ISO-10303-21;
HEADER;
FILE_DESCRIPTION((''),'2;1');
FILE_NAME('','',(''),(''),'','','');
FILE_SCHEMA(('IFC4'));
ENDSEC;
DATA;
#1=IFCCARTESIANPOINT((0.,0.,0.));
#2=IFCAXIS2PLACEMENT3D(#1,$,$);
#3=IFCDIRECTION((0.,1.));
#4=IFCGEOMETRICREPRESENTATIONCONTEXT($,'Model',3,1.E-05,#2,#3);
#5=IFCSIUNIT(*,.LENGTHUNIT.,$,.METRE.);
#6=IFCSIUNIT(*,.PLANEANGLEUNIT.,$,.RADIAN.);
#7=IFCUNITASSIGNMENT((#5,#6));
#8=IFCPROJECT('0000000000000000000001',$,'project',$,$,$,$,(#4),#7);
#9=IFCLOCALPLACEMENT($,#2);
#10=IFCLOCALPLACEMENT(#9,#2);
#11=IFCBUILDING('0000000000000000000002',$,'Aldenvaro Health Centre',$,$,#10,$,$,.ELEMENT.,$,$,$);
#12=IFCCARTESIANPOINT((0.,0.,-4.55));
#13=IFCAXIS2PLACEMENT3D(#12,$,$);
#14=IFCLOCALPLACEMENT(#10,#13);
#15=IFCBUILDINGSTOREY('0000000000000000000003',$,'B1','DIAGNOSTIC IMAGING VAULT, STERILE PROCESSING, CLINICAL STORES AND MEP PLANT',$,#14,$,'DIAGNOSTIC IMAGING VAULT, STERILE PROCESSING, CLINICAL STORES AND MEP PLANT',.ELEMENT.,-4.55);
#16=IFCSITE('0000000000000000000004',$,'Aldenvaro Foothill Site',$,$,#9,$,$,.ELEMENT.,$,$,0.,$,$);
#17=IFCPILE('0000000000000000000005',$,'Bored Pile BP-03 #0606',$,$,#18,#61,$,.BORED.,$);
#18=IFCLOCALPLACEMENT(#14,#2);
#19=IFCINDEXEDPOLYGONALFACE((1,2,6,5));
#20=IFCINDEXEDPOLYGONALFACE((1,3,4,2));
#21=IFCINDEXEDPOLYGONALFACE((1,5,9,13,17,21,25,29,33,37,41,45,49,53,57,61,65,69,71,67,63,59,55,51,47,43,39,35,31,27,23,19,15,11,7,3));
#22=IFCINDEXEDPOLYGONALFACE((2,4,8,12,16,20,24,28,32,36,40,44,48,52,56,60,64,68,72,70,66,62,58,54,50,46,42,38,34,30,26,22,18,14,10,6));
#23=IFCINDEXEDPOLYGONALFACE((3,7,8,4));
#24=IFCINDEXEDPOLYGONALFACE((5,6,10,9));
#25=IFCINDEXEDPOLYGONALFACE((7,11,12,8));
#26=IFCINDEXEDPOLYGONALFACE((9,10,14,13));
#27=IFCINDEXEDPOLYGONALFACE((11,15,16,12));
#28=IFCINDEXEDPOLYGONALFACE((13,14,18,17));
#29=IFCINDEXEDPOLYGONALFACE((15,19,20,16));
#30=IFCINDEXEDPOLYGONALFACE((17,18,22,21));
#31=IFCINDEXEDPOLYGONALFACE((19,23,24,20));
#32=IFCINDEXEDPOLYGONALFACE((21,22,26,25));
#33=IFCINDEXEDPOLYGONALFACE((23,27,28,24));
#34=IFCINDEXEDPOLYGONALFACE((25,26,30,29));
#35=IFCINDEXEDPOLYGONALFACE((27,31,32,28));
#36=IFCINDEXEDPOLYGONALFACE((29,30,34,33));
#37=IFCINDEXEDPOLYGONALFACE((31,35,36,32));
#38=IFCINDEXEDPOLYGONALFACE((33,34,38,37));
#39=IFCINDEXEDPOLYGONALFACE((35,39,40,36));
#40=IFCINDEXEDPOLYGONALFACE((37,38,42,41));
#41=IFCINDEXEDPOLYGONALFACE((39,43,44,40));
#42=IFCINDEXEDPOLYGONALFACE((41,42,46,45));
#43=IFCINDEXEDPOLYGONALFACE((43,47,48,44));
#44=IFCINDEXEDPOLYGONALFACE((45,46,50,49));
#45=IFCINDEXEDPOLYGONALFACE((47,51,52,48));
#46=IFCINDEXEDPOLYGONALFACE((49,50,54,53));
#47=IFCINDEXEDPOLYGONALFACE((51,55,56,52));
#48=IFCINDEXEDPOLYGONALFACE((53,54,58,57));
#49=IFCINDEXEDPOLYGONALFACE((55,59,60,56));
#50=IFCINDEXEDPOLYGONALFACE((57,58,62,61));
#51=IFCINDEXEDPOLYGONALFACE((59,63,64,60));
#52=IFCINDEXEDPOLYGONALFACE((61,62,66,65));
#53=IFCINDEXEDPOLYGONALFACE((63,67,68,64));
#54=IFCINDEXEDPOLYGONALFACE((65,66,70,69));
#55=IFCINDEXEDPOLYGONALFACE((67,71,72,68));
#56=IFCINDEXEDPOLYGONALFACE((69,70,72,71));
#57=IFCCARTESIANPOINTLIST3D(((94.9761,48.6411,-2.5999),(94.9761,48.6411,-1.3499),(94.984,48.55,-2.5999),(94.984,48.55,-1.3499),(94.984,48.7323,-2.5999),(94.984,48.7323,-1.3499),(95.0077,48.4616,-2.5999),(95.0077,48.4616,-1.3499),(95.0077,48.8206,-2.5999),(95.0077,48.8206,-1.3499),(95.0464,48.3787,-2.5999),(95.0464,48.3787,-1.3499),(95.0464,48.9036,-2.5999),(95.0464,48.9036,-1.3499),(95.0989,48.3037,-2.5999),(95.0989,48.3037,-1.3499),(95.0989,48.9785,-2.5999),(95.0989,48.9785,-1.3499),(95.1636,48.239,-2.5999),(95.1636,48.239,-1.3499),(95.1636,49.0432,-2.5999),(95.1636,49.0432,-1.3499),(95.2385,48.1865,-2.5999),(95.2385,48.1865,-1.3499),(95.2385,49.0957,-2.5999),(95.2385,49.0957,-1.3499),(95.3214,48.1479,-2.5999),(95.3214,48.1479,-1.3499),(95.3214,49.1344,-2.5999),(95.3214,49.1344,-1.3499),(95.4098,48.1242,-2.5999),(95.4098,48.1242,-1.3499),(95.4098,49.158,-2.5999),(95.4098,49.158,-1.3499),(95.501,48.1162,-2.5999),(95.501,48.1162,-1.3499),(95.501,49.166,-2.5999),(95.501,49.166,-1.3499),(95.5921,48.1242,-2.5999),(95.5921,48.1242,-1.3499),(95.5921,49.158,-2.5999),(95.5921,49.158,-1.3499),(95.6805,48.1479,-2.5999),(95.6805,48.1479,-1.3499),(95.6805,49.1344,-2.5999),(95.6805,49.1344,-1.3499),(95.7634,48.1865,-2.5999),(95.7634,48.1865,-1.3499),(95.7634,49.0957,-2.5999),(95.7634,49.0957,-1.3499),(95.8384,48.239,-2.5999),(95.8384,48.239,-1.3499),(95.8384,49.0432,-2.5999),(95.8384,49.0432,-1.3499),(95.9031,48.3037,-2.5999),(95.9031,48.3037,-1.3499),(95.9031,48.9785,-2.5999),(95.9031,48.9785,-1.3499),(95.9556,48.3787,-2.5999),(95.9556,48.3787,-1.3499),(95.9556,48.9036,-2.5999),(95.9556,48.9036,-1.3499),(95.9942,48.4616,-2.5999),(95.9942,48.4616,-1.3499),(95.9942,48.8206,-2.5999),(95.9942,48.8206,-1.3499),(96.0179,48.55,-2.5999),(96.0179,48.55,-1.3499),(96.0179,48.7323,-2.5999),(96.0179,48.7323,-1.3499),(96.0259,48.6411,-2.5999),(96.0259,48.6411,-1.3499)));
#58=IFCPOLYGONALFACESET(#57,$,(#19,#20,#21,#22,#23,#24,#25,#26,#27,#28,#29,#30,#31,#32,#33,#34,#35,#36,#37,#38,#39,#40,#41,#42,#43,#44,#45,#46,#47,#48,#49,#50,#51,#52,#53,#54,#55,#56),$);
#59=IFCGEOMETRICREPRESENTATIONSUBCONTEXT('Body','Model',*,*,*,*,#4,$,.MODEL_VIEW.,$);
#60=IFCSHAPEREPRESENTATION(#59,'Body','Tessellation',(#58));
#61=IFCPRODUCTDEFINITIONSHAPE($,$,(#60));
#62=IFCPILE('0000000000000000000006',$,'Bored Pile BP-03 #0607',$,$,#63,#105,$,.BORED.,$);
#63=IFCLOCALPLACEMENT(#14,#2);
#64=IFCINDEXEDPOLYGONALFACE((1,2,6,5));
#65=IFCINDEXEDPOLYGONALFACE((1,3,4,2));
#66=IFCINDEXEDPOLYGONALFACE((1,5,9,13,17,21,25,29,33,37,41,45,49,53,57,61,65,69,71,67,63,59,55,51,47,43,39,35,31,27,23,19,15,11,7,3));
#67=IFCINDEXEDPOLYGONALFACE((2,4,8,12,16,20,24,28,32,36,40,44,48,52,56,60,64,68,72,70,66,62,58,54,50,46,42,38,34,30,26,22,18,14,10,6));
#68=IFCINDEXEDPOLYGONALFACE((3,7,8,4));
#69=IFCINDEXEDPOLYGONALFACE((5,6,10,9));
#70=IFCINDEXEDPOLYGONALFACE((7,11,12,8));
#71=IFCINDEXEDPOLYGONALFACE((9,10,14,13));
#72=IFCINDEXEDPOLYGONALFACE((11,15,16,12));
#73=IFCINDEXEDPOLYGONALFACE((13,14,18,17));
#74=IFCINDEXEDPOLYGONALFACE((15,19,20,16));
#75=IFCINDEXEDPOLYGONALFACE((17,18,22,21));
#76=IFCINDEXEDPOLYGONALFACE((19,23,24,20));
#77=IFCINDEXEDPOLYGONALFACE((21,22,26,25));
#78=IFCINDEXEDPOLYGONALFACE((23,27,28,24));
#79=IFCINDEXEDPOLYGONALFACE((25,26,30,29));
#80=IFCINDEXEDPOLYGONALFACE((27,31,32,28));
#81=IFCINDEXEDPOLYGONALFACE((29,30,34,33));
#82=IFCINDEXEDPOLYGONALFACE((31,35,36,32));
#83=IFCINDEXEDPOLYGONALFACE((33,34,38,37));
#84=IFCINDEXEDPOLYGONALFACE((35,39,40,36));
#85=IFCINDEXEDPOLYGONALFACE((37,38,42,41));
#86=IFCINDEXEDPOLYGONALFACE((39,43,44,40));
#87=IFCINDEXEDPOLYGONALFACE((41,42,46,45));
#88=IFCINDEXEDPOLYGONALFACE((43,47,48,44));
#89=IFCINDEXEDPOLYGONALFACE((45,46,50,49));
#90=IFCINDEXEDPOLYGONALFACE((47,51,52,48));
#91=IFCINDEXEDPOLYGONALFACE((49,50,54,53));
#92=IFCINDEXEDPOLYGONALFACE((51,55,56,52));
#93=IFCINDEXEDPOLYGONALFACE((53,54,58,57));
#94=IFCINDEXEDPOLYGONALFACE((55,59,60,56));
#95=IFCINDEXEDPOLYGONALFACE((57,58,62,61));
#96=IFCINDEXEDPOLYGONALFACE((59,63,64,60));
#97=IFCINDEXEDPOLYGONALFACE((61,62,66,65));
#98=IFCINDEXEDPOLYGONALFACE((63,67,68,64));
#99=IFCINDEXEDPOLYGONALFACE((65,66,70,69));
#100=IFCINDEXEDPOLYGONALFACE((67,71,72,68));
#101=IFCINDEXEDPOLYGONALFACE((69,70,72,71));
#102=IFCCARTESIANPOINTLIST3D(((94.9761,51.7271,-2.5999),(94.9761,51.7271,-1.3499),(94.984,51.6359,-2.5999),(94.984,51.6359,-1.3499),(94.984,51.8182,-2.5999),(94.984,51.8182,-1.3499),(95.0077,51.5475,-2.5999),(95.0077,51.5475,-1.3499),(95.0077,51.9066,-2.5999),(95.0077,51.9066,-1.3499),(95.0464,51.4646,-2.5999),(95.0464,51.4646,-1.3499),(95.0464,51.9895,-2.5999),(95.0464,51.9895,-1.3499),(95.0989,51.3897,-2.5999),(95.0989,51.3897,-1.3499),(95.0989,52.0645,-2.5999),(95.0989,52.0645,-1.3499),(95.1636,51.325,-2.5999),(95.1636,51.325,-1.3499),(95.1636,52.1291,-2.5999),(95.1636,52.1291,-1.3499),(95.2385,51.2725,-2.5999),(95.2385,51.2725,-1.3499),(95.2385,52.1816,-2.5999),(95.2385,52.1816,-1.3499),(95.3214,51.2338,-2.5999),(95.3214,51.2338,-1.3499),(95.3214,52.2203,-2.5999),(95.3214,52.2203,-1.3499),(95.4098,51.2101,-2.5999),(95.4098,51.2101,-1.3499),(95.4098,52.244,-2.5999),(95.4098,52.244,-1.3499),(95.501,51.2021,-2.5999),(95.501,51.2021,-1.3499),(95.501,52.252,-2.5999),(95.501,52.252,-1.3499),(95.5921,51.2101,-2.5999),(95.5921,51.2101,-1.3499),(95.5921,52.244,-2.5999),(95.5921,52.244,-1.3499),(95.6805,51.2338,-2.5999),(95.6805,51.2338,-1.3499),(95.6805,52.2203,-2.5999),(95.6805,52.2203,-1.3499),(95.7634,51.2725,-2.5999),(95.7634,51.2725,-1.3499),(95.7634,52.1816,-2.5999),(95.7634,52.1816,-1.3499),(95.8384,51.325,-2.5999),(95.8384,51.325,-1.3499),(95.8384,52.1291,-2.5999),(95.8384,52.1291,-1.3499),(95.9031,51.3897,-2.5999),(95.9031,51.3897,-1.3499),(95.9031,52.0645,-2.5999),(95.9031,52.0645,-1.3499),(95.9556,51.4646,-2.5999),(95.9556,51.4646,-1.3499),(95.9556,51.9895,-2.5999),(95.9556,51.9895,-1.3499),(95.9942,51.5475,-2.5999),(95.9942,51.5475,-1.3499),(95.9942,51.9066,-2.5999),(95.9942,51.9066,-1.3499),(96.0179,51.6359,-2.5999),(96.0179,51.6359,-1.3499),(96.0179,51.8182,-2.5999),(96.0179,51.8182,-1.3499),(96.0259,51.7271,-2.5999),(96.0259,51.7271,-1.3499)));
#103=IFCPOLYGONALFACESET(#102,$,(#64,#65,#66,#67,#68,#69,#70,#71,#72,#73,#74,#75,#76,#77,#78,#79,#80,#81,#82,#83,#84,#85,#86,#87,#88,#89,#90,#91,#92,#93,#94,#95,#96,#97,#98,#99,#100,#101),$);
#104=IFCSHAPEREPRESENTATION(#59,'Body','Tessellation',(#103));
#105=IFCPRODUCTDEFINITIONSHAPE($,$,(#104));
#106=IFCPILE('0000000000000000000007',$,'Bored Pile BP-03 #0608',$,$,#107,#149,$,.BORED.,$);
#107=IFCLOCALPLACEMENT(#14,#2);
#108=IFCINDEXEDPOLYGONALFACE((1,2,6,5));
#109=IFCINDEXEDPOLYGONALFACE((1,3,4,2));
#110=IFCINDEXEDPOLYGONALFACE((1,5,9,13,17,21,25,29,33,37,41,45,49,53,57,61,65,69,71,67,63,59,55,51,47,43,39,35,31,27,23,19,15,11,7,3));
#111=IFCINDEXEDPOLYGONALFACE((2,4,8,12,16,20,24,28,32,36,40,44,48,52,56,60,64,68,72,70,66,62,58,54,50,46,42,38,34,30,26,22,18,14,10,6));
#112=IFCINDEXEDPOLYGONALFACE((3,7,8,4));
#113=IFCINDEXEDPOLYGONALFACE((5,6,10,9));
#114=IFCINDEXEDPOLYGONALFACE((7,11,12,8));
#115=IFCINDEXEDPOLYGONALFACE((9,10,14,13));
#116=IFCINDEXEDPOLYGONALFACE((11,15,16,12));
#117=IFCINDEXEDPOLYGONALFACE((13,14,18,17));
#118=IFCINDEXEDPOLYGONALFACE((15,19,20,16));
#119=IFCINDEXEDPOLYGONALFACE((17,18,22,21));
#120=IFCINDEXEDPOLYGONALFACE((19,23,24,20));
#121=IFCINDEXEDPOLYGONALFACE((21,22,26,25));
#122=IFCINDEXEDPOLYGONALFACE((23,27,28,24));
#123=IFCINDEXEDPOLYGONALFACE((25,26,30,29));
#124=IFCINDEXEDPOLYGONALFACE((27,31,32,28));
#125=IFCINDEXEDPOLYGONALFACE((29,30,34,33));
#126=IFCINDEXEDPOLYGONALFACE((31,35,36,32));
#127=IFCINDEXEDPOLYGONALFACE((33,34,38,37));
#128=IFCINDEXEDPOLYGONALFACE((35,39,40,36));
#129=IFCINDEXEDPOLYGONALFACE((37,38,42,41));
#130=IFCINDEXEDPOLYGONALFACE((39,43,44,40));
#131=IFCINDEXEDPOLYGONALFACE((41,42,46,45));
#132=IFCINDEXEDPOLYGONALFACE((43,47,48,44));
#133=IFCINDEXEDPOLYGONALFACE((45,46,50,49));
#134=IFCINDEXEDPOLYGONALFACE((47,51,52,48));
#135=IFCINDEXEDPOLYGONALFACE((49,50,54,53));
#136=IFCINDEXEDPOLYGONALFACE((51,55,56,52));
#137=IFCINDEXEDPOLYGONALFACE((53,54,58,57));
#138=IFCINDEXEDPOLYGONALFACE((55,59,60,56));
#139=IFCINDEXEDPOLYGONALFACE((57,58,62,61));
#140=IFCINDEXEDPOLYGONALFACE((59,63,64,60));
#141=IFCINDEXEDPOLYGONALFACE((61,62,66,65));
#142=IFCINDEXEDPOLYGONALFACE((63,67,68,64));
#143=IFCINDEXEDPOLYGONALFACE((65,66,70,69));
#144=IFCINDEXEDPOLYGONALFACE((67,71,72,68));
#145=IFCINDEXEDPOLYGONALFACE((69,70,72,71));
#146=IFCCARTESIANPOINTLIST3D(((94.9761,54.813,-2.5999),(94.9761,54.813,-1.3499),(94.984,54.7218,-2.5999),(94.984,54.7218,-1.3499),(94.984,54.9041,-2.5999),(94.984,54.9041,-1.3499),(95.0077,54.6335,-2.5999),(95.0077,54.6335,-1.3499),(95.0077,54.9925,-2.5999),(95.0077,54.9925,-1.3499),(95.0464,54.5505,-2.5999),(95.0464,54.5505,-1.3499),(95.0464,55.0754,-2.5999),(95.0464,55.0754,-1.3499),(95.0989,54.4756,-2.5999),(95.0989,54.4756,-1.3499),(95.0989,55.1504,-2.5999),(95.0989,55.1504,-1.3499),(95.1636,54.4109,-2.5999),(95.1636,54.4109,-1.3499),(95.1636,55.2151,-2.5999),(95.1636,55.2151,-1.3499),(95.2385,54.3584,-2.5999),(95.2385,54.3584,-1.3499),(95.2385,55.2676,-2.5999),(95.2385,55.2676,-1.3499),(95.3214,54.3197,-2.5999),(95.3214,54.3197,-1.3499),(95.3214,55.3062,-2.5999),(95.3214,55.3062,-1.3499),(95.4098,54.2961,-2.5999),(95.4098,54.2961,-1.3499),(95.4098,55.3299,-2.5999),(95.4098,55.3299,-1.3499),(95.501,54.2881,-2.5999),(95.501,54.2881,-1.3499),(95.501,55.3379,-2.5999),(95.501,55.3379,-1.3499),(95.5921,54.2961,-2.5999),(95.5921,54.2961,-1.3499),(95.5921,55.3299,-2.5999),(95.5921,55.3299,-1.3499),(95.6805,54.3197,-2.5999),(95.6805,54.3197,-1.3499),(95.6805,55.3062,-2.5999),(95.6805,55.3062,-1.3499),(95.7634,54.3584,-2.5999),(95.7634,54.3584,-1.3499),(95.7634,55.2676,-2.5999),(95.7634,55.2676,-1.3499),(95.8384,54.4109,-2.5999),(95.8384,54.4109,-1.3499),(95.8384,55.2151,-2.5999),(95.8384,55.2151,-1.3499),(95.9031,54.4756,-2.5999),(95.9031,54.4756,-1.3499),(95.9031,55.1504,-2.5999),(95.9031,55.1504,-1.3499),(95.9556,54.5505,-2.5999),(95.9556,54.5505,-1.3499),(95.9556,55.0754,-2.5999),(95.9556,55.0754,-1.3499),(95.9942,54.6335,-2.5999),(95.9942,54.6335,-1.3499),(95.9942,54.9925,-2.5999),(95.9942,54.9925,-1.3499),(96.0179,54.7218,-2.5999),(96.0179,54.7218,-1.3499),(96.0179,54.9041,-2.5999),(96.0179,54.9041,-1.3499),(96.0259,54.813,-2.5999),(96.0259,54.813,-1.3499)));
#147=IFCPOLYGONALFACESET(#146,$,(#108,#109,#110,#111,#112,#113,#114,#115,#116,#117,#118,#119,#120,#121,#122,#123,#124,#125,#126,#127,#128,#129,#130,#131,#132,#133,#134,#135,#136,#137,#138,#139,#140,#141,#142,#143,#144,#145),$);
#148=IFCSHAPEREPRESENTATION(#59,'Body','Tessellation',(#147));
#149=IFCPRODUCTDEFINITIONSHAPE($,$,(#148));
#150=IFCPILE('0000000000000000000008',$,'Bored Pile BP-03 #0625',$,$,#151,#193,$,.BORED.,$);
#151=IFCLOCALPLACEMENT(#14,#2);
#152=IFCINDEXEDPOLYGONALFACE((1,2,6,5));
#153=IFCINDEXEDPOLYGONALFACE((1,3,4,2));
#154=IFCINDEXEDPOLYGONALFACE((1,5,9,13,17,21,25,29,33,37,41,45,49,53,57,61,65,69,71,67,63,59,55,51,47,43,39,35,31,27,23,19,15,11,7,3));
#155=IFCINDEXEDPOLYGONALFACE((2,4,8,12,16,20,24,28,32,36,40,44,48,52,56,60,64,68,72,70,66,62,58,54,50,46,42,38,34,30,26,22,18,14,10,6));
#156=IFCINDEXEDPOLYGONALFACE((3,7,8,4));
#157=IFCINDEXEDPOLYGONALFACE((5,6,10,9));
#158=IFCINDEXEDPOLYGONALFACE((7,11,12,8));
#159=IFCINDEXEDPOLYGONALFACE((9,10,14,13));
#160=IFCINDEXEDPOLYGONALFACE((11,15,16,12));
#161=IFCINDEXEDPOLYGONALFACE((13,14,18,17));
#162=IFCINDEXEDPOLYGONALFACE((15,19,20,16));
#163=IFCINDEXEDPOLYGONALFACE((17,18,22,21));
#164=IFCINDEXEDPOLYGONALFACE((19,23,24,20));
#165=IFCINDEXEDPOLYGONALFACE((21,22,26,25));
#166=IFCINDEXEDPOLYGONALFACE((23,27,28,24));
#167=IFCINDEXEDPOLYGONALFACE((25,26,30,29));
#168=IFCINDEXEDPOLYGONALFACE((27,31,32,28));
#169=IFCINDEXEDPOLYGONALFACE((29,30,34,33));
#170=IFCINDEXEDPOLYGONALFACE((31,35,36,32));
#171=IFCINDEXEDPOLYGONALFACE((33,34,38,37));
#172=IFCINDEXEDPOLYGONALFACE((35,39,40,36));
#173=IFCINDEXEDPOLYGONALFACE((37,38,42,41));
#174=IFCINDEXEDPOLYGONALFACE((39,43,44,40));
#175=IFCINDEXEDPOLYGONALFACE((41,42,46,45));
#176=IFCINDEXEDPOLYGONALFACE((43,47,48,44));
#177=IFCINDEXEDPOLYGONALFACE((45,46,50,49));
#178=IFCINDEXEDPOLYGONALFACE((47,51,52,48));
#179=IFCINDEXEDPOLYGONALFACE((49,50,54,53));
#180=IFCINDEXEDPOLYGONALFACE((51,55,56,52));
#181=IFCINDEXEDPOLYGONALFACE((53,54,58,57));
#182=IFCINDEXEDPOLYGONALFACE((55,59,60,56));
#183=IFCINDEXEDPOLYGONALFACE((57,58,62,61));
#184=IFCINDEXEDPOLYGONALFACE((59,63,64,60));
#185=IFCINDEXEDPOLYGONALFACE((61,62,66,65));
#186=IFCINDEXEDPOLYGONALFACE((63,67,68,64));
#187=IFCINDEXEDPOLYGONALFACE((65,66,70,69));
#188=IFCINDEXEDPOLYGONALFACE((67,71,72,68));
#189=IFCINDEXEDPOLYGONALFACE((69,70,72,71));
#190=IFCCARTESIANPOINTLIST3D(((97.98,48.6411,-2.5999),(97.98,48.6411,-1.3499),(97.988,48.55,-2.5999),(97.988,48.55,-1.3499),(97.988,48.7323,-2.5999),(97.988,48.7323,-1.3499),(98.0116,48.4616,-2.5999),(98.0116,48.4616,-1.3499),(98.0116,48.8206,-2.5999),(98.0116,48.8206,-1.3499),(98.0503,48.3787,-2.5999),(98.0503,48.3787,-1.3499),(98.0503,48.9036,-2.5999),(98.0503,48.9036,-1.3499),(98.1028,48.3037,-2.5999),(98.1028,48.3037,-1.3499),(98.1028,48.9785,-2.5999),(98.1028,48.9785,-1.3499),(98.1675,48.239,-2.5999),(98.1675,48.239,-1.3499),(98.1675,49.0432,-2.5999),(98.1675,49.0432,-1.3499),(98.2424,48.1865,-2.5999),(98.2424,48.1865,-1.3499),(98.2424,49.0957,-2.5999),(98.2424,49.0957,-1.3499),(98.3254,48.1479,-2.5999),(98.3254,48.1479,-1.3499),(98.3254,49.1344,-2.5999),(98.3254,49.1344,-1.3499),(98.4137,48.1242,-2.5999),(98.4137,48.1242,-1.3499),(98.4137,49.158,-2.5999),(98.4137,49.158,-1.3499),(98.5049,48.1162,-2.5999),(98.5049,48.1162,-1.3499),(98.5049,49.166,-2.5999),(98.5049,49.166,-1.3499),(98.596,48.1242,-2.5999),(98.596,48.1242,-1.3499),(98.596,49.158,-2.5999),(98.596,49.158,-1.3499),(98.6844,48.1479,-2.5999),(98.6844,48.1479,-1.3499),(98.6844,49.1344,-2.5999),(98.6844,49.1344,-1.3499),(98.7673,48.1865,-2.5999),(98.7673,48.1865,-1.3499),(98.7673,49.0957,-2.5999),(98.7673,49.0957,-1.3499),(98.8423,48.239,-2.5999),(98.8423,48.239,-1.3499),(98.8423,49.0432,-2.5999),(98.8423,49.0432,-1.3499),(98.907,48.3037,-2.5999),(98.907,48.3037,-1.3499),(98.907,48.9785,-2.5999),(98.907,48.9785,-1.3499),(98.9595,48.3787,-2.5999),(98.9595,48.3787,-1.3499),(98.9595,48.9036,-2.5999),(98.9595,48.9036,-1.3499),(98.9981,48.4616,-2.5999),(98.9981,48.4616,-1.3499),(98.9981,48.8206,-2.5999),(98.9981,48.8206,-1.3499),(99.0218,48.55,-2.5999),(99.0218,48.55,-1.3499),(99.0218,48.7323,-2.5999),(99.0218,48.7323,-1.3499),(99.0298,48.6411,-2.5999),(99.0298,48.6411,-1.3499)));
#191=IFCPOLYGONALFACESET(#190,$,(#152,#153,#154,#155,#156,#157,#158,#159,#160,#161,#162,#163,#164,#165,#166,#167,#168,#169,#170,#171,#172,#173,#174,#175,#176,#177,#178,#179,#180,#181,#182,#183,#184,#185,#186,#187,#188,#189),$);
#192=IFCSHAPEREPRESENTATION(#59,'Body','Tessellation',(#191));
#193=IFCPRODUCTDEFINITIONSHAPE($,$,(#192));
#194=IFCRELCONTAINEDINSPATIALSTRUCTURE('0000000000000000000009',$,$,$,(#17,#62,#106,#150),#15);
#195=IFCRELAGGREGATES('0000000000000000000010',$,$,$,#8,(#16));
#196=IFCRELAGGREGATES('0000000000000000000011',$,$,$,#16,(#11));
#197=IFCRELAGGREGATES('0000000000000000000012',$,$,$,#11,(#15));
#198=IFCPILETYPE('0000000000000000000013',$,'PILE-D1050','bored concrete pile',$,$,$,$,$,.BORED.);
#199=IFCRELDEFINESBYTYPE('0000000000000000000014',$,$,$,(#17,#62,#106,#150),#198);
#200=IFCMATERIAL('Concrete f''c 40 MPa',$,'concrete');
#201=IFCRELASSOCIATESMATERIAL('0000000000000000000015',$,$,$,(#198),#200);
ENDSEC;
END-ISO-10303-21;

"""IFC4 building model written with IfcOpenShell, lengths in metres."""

from ifc_helpers import new_model, si_unit, direction, frame, origin, origin_2d, place, context, subcontext, project, spatial, circle, extrude, material, material_profile, profile_set, type_object, element, save


model = new_model("IFC4")

# Units and contexts
model_context = context("Model", 3, precision=1e-05, world=origin(), true_north=direction((0.0, 1.0)))
body_context = subcontext(model_context, "Body", "Model", "MODEL_VIEW")
ifc_project = project(units=[si_unit("LENGTHUNIT", "METRE"), si_unit("PLANEANGLEUNIT", "RADIAN")], contexts=[model_context])

# Site, building, storey
site_placement = place(None, origin())
site = spatial("IfcSite", under=ifc_project, at=site_placement, Name="Aldenvaro Foothill Site", CompositionType="ELEMENT", RefElevation=0.0)
building_placement = place(site_placement, origin())
building = spatial("IfcBuilding", under=site, at=building_placement, Name="Aldenvaro Health Centre", CompositionType="ELEMENT")
storey_placement = place(building_placement, frame((0.0, 0.0, -4.55)))
storey = spatial("IfcBuildingStorey", under=building, at=storey_placement, Name="B1", Description="DIAGNOSTIC IMAGING VAULT, STERILE PROCESSING, CLINICAL STORES AND MEP PLANT", LongName="DIAGNOSTIC IMAGING VAULT, STERILE PROCESSING, CLINICAL STORES AND MEP PLANT", CompositionType="ELEMENT", Elevation=-4.55)

# Piles
ifc_material = material(Name="Concrete f'c 40 MPa", Category="concrete")
ifc_material_profile_1 = material_profile(ifc_material, circle(Radius=0.5249, at=origin_2d()), Name="PILE D1050", Category="concrete")
ifc_profile_set_1 = profile_set([ifc_material_profile_1], Name="Concrete f'c 40 MPa")
pile_type = type_object("IfcPileType", Name="PILE-D1050", Description="bored concrete pile", PredefinedType="BORED", material=ifc_profile_set_1)
for number, where, z_axis, x_axis, name in (
    (1, (95.501, 48.6411, -1.3499), (0.0, 0.0, -1.0), (1.0, 0.0, 0.0), "Bored Pile BP-03 #0606"),
    (2, (95.501, 51.7271, -1.3499), (0.0, 0.0, -1.0), (1.0, 0.0, 0.0), "Bored Pile BP-03 #0607"),
    (3, (95.501, 54.813, -1.3499), (0.0, 0.0, -1.0), (1.0, 0.0, 0.0), "Bored Pile BP-03 #0608"),
    (4, (98.5049, 48.6411, -1.3499), (0.0, 0.0, -1.0), (1.0, 0.0, 0.0), "Bored Pile BP-03 #0625"),
):
    element("IfcPile", number, at=place(storey_placement, frame(where, z_axis=z_axis, x_axis=x_axis)), inside=storey, type_object=pile_type, Name=name, PredefinedType="BORED", context=body_context, shape_type="SweptSolid", body=[
        extrude(circle(Radius=0.5249, at=origin_2d()), origin(), (0.0, 0.0, 1.0), 1.25),
    ])

save(model, "model.ifc")
